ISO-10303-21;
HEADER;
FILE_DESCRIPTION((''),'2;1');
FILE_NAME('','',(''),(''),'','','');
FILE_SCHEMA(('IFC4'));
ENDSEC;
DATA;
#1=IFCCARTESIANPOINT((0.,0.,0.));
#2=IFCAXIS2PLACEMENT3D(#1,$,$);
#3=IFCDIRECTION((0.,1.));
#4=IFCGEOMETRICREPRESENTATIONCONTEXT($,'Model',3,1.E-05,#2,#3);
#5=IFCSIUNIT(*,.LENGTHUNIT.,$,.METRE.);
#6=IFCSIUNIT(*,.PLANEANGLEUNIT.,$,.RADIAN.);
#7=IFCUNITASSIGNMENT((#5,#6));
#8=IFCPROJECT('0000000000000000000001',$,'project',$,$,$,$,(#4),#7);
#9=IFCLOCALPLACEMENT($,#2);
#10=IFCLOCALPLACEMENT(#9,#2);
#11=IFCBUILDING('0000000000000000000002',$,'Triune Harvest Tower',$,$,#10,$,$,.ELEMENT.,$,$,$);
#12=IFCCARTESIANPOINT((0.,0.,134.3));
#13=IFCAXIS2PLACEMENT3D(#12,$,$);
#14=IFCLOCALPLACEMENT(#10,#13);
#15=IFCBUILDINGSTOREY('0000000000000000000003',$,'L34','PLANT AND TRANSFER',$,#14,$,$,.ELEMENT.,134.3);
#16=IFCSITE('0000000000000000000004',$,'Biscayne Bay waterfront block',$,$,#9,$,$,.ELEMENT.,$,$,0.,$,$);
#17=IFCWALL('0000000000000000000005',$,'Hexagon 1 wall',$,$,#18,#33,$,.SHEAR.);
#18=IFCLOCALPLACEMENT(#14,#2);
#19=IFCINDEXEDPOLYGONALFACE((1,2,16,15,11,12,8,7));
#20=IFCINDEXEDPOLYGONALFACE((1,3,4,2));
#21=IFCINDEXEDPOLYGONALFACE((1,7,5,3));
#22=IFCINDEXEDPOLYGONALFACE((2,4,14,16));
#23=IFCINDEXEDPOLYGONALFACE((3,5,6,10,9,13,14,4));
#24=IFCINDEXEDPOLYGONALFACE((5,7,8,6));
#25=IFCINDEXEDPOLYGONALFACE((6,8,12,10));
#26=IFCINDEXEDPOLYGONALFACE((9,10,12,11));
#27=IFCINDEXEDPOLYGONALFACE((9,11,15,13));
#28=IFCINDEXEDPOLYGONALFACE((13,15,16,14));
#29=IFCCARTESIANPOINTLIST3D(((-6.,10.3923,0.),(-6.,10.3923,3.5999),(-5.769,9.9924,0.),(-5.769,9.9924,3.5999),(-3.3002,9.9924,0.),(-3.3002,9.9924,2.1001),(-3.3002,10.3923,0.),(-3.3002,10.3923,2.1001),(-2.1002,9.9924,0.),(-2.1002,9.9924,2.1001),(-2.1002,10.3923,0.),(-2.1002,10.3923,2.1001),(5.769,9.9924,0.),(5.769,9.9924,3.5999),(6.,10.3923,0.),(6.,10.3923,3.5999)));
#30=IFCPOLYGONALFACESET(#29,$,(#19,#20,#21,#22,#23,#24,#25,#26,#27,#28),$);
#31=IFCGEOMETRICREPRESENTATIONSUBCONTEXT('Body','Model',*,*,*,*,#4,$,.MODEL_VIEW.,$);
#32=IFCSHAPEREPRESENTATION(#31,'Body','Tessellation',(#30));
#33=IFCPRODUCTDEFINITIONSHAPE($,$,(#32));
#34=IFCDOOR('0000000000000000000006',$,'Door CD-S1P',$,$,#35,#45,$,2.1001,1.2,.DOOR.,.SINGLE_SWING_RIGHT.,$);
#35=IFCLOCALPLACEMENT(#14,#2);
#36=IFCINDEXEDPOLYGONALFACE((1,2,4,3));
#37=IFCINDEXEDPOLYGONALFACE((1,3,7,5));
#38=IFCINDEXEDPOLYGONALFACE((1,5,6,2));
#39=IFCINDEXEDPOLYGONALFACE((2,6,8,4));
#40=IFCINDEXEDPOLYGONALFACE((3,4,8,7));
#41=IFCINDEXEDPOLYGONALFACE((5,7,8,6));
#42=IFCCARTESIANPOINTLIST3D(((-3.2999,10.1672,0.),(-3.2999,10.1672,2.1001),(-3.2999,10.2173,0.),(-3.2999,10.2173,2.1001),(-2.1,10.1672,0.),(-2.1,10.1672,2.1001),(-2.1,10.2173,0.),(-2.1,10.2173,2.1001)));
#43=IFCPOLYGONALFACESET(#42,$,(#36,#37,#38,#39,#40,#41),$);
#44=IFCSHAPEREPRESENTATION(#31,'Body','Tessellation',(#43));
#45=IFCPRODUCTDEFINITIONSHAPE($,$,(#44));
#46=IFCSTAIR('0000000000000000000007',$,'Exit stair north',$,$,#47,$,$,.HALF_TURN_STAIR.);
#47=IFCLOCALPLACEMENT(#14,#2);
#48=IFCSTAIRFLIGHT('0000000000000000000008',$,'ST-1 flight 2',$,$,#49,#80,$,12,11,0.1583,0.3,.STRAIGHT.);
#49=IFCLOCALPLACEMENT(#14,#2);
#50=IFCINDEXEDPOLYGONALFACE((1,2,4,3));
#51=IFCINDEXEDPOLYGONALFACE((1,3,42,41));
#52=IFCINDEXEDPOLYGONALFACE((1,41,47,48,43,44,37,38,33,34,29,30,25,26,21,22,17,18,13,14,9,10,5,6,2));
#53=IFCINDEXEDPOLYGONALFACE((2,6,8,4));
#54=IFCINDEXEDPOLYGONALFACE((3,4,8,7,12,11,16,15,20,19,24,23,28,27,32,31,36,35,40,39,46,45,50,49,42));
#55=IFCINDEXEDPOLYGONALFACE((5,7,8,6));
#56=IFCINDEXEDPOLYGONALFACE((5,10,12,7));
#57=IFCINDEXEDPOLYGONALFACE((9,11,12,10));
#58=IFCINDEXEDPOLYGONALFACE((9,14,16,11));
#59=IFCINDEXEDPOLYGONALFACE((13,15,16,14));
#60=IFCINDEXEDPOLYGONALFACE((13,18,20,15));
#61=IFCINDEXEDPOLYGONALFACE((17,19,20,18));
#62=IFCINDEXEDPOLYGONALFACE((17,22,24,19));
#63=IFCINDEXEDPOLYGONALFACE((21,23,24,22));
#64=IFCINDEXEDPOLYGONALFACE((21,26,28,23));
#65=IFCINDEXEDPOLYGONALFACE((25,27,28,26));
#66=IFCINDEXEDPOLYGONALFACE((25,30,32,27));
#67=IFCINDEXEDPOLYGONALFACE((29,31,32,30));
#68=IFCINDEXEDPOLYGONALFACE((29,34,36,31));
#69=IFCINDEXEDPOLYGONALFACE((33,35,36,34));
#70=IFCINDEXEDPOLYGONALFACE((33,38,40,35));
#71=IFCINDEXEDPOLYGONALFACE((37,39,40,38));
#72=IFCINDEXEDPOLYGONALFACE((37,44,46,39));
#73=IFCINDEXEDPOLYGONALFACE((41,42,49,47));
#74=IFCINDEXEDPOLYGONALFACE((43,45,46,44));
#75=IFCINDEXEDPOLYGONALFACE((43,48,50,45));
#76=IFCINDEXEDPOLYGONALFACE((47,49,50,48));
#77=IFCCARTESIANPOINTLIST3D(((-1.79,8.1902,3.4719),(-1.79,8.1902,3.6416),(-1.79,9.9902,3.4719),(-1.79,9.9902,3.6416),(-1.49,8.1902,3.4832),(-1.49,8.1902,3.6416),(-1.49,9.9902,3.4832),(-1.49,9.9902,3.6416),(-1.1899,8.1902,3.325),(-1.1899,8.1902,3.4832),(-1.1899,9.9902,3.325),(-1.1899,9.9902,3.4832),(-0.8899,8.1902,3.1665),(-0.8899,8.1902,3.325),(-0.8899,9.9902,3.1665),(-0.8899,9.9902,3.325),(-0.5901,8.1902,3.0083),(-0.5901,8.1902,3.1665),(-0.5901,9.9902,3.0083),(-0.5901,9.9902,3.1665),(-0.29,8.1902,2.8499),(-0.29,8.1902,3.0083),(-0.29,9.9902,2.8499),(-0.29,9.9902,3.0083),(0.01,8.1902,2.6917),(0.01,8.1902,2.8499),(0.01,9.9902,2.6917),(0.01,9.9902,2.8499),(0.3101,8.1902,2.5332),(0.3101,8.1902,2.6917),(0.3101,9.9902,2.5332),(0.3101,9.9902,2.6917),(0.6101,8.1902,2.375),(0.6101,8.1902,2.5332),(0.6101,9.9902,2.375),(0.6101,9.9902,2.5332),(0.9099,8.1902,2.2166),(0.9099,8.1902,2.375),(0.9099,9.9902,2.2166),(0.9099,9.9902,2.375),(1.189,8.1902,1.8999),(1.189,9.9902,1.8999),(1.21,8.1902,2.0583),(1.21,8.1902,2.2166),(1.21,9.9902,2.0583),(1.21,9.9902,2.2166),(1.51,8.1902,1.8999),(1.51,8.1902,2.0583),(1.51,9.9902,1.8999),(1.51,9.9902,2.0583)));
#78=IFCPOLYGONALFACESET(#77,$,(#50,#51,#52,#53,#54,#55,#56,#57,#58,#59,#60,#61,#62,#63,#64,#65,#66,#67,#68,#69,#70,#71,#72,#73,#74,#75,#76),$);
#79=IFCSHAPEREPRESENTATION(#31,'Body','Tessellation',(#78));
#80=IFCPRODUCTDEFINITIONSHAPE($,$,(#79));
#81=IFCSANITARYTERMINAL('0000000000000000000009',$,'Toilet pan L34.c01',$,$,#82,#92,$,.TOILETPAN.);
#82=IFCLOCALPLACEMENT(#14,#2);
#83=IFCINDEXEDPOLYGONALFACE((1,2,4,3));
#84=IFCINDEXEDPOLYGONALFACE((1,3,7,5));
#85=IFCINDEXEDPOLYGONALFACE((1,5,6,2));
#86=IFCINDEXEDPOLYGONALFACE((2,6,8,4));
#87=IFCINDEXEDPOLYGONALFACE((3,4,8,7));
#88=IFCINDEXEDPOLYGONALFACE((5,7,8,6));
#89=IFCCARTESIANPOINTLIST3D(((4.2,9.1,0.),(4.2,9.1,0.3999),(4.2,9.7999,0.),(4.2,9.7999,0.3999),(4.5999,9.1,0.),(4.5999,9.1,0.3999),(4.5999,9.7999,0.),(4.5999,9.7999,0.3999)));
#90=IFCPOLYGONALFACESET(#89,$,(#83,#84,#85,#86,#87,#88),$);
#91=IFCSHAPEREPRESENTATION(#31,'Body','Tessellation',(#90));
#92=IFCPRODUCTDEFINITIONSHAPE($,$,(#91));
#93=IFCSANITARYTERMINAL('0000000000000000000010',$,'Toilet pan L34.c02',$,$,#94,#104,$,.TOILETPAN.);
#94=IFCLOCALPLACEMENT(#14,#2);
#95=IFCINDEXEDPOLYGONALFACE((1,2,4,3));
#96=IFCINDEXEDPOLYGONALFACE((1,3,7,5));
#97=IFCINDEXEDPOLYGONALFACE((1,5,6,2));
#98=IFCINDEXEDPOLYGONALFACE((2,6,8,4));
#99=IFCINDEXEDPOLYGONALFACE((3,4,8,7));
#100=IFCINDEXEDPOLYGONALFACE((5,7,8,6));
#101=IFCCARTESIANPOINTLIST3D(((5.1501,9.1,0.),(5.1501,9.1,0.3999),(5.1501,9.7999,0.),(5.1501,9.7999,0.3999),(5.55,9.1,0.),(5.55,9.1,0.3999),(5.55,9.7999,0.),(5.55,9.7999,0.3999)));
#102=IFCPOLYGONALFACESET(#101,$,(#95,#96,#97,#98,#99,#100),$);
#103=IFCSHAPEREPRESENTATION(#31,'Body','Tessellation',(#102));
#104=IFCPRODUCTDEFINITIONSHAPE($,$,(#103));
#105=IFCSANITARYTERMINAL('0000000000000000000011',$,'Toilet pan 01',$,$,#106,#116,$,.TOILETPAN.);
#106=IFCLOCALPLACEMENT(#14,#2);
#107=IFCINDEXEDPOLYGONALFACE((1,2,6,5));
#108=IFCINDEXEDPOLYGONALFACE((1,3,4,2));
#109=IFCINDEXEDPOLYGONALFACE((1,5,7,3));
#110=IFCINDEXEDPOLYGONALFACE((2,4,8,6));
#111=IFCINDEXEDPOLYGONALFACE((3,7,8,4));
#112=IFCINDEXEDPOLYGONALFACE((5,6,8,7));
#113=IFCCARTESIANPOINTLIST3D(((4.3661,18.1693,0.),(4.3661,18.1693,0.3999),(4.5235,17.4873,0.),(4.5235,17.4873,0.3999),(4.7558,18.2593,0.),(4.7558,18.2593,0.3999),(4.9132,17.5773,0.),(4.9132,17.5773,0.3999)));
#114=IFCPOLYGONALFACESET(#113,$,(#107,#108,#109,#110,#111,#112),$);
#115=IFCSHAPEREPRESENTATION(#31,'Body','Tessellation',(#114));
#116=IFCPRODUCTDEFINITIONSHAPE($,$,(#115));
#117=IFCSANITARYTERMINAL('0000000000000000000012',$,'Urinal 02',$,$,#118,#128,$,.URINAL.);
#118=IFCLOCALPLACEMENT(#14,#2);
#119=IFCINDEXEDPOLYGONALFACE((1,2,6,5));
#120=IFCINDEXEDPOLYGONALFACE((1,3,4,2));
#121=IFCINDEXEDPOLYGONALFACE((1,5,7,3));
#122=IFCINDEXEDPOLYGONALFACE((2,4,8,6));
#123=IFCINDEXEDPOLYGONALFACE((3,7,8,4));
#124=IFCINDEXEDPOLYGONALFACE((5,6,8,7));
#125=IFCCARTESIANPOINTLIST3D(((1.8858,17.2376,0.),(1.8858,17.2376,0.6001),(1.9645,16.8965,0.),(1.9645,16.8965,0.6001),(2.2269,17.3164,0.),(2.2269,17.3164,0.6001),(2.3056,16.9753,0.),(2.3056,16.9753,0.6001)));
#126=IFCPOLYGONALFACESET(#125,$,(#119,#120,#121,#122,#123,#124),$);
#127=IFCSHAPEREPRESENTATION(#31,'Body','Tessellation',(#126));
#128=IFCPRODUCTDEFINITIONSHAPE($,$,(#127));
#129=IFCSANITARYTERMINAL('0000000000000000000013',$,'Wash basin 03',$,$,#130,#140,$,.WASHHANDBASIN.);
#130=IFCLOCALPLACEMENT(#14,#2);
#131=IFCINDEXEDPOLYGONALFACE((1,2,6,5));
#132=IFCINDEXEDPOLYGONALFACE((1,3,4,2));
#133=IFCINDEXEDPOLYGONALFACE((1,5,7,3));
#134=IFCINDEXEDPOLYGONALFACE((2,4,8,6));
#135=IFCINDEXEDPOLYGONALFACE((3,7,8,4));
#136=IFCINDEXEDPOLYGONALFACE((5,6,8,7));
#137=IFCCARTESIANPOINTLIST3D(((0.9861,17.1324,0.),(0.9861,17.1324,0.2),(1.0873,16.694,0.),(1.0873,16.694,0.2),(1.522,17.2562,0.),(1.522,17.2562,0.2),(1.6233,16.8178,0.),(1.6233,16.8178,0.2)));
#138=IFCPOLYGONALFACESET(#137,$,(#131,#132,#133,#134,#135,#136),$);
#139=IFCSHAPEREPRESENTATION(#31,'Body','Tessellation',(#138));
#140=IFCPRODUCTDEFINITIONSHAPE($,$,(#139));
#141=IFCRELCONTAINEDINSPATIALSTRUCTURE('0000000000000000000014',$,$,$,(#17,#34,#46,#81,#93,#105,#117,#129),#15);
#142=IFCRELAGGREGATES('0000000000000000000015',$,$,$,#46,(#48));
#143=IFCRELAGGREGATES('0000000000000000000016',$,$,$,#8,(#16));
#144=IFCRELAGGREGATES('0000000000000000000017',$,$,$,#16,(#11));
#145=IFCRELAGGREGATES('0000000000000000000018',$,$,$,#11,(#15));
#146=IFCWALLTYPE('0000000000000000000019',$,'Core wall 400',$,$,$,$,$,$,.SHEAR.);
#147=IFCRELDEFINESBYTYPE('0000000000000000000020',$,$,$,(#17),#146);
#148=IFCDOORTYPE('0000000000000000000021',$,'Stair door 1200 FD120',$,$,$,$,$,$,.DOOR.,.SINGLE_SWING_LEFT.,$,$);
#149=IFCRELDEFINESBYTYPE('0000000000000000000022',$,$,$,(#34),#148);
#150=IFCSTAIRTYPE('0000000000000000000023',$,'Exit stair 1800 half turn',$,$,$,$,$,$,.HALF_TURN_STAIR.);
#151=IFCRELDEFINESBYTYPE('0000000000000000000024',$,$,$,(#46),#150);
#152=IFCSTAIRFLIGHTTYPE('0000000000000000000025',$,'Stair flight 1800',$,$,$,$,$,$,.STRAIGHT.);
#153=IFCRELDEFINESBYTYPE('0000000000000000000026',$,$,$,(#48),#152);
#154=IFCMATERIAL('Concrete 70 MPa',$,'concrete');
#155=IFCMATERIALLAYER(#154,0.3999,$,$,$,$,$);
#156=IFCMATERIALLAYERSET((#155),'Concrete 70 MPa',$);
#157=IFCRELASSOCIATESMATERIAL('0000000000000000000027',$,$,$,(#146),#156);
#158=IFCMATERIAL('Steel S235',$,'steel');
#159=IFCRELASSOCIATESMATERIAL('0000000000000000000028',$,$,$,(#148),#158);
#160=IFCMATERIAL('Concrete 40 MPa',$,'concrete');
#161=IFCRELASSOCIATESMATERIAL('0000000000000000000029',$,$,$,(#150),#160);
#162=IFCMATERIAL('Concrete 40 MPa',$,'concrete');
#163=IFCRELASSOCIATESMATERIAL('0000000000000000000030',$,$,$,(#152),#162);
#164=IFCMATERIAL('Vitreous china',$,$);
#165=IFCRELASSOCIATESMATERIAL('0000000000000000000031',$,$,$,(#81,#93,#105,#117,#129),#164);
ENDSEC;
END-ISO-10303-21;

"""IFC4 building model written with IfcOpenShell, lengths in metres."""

from ifc_helpers import new_model, si_unit, direction, frame, frame_2d, origin, origin_2d, place, context, subcontext, project, spatial, polyline, rectangle, outline, extrude, source, transform, mapped, material, layer, layer_set, type_object, element, fill, aggregate, save


model = new_model("IFC4")

# Units and contexts
model_context = context("Model", 3, precision=1e-05, world=origin(), true_north=direction((0.0, 1.0)))
body_context = subcontext(model_context, "Body", "Model", "MODEL_VIEW")
ifc_project = project(units=[si_unit("LENGTHUNIT", "METRE"), si_unit("PLANEANGLEUNIT", "RADIAN")], contexts=[model_context])

# Site, building, storey
site_placement = place(None, origin())
site = spatial("IfcSite", under=ifc_project, at=site_placement, Name="Biscayne Bay waterfront block", CompositionType="ELEMENT", RefElevation=0.0)
building_placement = place(site_placement, origin())
building = spatial("IfcBuilding", under=site, at=building_placement, Name="Triune Harvest Tower", CompositionType="ELEMENT")
storey_placement = place(building_placement, frame((0.0, 0.0, 134.3)))
storey = spatial("IfcBuildingStorey", under=building, at=storey_placement, Name="L34", Description="PLANT AND TRANSFER", CompositionType="ELEMENT", Elevation=134.3)

# Wall, opening, door
ifc_material_1 = material(Name="Concrete 70 MPa", Category="concrete")
ifc_layer_1 = layer(ifc_material_1, 0.3999)
ifc_layer_set_1 = layer_set([ifc_layer_1], Name="Concrete 70 MPa")
wall_type_1 = type_object("IfcWallType", Name="Core wall 400", PredefinedType="SHEAR", material=ifc_layer_set_1)
shared_shape_1 = source(origin(), body_context, "Body", "SweptSolid", [
    extrude(outline(polyline([(-0.1155, -0.2), (11.8845, -0.2), (11.6536, 0.2), (0.1155, 0.2), (-0.1155, -0.2)])), origin(), (0.0, 0.0, 1.0), 3.5999),
])
wall_1_placement = place(storey_placement, frame((5.8845, 10.1924, 0.0), z_axis=(0.0, 0.0, 1.0), x_axis=(-1.0, 0.0, 0.0)))
wall_1 = element("IfcWall", 1, at=wall_1_placement, inside=storey, type_object=wall_type_1, Name="Hexagon 1 wall", PredefinedType="SHEAR", context=body_context, shape_type="MappedRepresentation", body=[
    mapped(shared_shape_1, transform((0.0, 0.0, 0.0), scale=1.0)),
])
opening_1_placement = place(wall_1_placement, frame((7.9846, 0.0, 0.0)))
opening_1 = element("IfcOpeningElement", 2, at=opening_1_placement, cuts=wall_1, PredefinedType="OPENING", context=body_context, shape_type="SweptSolid", body=[
    extrude(rectangle(XDim=1.2, YDim=2.1001, at=frame_2d((0.6001, 1.05))), frame((0.0, 0.21, 0.0), z_axis=(0.0, -1.0, 0.0), x_axis=(1.0, 0.0, 0.0)), (0.0, 0.0, 1.0), 0.4199),
])
ifc_material_2 = material(Name="Steel S235", Category="steel")
door_type_1 = type_object("IfcDoorType", Name="Stair door 1200 FD120", OperationType="SINGLE_SWING_LEFT", PredefinedType="DOOR", material=ifc_material_2)
door_1_placement = place(opening_1_placement, frame((1.2, 0.0, 0.0), z_axis=(0.0, 0.0, 1.0), x_axis=(-1.0, 0.0, 0.0)))
door_1 = element("IfcDoor", 3, at=door_1_placement, inside=storey, type_object=door_type_1, Name="Door CD-S1P", OperationType="SINGLE_SWING_RIGHT", OverallHeight=2.1001, OverallWidth=1.2, PredefinedType="DOOR", context=body_context, shape_type="SweptSolid", body=[
    extrude(rectangle(XDim=1.2, YDim=2.1001, at=frame_2d((0.6001, 1.05))), frame((0.0, 0.0249, 0.0), z_axis=(0.0, -1.0, 0.0), x_axis=(1.0, 0.0, 0.0)), (0.0, 0.0, 1.0), 0.05),
])
fill(opening_1, door_1)

# Stair, stair flight
ifc_material_3 = material(Name="Concrete 40 MPa", Category="concrete")
stair_type = type_object("IfcStairType", Name="Exit stair 1800 half turn", PredefinedType="HALF_TURN_STAIR", material=ifc_material_3)
stair_placement = place(storey_placement, origin())
stair = element("IfcStair", 4, at=stair_placement, inside=storey, type_object=stair_type, Name="Exit stair north", PredefinedType="HALF_TURN_STAIR")
ifc_material_4 = material(Name="Concrete 40 MPa", Category="concrete")
stair_flight_type = type_object("IfcStairFlightType", Name="Stair flight 1800", PredefinedType="STRAIGHT", material=ifc_material_4)
shared_shape_2 = source(origin(), body_context, "Body", "SweptSolid", [
    extrude(outline(polyline([(0.0, 0.0), (0.0, 0.1584), (0.3, 0.1584), (0.3, 0.3167), (0.6001, 0.3167), (0.6001, 0.4751), (0.8999, 0.4751), (0.8999, 0.6333), (1.2, 0.6333), (1.2, 0.7917), (1.5, 0.7917), (1.5, 0.95), (1.8, 0.95), (1.8, 1.1084), (2.1001, 1.1084), (2.1001, 1.2666), (2.3999, 1.2666), (2.3999, 1.425), (2.7, 1.425), (2.7, 1.5833), (3.0, 1.5833), (3.0, 1.7417), (3.3, 1.7417), (3.3, 1.8999), (3.3, 1.572), (0.321, 0.0), (0.0, 0.0)])), frame((0.0, 0.8999, 0.0), z_axis=(0.0, -1.0, 0.0), x_axis=(1.0, 0.0, 0.0)), (0.0, 0.0, 1.0), 1.8),
])
stair_flight_placement = place(storey_placement, frame((1.51, 9.0901, 1.8999), z_axis=(0.0, 0.0, 1.0), x_axis=(-1.0, 0.0, 0.0)))
stair_flight = element("IfcStairFlight", 5, at=stair_flight_placement, type_object=stair_flight_type, Name="ST-1 flight 2", NumberOfRisers=12, NumberOfTreads=11, PredefinedType="STRAIGHT", RiserHeight=0.1583, TreadLength=0.3, context=body_context, shape_type="MappedRepresentation", body=[
    mapped(shared_shape_2, transform((0.0, 0.0, 0.0), scale=1.0)),
])
aggregate(stair, [stair_flight])

# Sanitary terminals
ifc_material_5 = material(Name="Vitreous china")
shared_shape_3 = source(origin(), body_context, "Body", "SweptSolid", [
    extrude(rectangle(XDim=0.3999, YDim=0.7, at=origin_2d()), origin(), (0.0, 0.0, 1.0), 0.3999),
])
for number, where, z_axis, x_axis, name in (
    (6, (4.3999, 9.45, 0.0), (0.0, 0.0, 1.0), (1.0, 0.0, 0.0), "Toilet pan L34.c01"),
    (7, (5.3501, 9.45, 0.0), (0.0, 0.0, 1.0), (1.0, 0.0, 0.0), "Toilet pan L34.c02"),
    (8, (4.6396, 17.8733, 0.0), (0.0, 0.0, 1.0), (-0.974378, -0.224917, 0.0), "Toilet pan 01"),
):
    element("IfcSanitaryTerminal", number, at=place(storey_placement, frame(where, z_axis=z_axis, x_axis=x_axis)), inside=storey, material=ifc_material_5, Name=name, PredefinedType="TOILETPAN", context=body_context, shape_type="MappedRepresentation", body=[
        mapped(shared_shape_3, transform((0.0, 0.0, 0.0), scale=1.0)),
    ])
shared_shape_4 = source(origin(), body_context, "Body", "SweptSolid", [
    extrude(rectangle(XDim=0.3501, YDim=0.3501, at=origin_2d()), origin(), (0.0, 0.0, 1.0), 0.6001),
])
sanitary_terminal_1_placement = place(storey_placement, frame((2.0957, 17.1064, 0.0), z_axis=(0.0, 0.0, 1.0), x_axis=(-0.974366, -0.224968, 0.0)))
element("IfcSanitaryTerminal", 9, at=sanitary_terminal_1_placement, inside=storey, material=ifc_material_5, Name="Urinal 02", PredefinedType="URINAL", context=body_context, shape_type="MappedRepresentation", body=[
    mapped(shared_shape_4, transform((0.0, 0.0, 0.0), scale=1.0)),
])
shared_shape_5 = source(origin(), body_context, "Body", "SweptSolid", [
    extrude(rectangle(XDim=0.55, YDim=0.45, at=origin_2d()), origin(), (0.0, 0.0, 1.0), 0.2),
])
sanitary_terminal_2_placement = place(storey_placement, frame((1.3047, 16.9751, 0.0), z_axis=(0.0, 0.0, 1.0), x_axis=(-0.974366, -0.224968, 0.0)))
element("IfcSanitaryTerminal", 10, at=sanitary_terminal_2_placement, inside=storey, material=ifc_material_5, Name="Wash basin 03", PredefinedType="WASHHANDBASIN", context=body_context, shape_type="MappedRepresentation", body=[
    mapped(shared_shape_5, transform((0.0, 0.0, 0.0), scale=1.0)),
])

save(model, "model.ifc")
